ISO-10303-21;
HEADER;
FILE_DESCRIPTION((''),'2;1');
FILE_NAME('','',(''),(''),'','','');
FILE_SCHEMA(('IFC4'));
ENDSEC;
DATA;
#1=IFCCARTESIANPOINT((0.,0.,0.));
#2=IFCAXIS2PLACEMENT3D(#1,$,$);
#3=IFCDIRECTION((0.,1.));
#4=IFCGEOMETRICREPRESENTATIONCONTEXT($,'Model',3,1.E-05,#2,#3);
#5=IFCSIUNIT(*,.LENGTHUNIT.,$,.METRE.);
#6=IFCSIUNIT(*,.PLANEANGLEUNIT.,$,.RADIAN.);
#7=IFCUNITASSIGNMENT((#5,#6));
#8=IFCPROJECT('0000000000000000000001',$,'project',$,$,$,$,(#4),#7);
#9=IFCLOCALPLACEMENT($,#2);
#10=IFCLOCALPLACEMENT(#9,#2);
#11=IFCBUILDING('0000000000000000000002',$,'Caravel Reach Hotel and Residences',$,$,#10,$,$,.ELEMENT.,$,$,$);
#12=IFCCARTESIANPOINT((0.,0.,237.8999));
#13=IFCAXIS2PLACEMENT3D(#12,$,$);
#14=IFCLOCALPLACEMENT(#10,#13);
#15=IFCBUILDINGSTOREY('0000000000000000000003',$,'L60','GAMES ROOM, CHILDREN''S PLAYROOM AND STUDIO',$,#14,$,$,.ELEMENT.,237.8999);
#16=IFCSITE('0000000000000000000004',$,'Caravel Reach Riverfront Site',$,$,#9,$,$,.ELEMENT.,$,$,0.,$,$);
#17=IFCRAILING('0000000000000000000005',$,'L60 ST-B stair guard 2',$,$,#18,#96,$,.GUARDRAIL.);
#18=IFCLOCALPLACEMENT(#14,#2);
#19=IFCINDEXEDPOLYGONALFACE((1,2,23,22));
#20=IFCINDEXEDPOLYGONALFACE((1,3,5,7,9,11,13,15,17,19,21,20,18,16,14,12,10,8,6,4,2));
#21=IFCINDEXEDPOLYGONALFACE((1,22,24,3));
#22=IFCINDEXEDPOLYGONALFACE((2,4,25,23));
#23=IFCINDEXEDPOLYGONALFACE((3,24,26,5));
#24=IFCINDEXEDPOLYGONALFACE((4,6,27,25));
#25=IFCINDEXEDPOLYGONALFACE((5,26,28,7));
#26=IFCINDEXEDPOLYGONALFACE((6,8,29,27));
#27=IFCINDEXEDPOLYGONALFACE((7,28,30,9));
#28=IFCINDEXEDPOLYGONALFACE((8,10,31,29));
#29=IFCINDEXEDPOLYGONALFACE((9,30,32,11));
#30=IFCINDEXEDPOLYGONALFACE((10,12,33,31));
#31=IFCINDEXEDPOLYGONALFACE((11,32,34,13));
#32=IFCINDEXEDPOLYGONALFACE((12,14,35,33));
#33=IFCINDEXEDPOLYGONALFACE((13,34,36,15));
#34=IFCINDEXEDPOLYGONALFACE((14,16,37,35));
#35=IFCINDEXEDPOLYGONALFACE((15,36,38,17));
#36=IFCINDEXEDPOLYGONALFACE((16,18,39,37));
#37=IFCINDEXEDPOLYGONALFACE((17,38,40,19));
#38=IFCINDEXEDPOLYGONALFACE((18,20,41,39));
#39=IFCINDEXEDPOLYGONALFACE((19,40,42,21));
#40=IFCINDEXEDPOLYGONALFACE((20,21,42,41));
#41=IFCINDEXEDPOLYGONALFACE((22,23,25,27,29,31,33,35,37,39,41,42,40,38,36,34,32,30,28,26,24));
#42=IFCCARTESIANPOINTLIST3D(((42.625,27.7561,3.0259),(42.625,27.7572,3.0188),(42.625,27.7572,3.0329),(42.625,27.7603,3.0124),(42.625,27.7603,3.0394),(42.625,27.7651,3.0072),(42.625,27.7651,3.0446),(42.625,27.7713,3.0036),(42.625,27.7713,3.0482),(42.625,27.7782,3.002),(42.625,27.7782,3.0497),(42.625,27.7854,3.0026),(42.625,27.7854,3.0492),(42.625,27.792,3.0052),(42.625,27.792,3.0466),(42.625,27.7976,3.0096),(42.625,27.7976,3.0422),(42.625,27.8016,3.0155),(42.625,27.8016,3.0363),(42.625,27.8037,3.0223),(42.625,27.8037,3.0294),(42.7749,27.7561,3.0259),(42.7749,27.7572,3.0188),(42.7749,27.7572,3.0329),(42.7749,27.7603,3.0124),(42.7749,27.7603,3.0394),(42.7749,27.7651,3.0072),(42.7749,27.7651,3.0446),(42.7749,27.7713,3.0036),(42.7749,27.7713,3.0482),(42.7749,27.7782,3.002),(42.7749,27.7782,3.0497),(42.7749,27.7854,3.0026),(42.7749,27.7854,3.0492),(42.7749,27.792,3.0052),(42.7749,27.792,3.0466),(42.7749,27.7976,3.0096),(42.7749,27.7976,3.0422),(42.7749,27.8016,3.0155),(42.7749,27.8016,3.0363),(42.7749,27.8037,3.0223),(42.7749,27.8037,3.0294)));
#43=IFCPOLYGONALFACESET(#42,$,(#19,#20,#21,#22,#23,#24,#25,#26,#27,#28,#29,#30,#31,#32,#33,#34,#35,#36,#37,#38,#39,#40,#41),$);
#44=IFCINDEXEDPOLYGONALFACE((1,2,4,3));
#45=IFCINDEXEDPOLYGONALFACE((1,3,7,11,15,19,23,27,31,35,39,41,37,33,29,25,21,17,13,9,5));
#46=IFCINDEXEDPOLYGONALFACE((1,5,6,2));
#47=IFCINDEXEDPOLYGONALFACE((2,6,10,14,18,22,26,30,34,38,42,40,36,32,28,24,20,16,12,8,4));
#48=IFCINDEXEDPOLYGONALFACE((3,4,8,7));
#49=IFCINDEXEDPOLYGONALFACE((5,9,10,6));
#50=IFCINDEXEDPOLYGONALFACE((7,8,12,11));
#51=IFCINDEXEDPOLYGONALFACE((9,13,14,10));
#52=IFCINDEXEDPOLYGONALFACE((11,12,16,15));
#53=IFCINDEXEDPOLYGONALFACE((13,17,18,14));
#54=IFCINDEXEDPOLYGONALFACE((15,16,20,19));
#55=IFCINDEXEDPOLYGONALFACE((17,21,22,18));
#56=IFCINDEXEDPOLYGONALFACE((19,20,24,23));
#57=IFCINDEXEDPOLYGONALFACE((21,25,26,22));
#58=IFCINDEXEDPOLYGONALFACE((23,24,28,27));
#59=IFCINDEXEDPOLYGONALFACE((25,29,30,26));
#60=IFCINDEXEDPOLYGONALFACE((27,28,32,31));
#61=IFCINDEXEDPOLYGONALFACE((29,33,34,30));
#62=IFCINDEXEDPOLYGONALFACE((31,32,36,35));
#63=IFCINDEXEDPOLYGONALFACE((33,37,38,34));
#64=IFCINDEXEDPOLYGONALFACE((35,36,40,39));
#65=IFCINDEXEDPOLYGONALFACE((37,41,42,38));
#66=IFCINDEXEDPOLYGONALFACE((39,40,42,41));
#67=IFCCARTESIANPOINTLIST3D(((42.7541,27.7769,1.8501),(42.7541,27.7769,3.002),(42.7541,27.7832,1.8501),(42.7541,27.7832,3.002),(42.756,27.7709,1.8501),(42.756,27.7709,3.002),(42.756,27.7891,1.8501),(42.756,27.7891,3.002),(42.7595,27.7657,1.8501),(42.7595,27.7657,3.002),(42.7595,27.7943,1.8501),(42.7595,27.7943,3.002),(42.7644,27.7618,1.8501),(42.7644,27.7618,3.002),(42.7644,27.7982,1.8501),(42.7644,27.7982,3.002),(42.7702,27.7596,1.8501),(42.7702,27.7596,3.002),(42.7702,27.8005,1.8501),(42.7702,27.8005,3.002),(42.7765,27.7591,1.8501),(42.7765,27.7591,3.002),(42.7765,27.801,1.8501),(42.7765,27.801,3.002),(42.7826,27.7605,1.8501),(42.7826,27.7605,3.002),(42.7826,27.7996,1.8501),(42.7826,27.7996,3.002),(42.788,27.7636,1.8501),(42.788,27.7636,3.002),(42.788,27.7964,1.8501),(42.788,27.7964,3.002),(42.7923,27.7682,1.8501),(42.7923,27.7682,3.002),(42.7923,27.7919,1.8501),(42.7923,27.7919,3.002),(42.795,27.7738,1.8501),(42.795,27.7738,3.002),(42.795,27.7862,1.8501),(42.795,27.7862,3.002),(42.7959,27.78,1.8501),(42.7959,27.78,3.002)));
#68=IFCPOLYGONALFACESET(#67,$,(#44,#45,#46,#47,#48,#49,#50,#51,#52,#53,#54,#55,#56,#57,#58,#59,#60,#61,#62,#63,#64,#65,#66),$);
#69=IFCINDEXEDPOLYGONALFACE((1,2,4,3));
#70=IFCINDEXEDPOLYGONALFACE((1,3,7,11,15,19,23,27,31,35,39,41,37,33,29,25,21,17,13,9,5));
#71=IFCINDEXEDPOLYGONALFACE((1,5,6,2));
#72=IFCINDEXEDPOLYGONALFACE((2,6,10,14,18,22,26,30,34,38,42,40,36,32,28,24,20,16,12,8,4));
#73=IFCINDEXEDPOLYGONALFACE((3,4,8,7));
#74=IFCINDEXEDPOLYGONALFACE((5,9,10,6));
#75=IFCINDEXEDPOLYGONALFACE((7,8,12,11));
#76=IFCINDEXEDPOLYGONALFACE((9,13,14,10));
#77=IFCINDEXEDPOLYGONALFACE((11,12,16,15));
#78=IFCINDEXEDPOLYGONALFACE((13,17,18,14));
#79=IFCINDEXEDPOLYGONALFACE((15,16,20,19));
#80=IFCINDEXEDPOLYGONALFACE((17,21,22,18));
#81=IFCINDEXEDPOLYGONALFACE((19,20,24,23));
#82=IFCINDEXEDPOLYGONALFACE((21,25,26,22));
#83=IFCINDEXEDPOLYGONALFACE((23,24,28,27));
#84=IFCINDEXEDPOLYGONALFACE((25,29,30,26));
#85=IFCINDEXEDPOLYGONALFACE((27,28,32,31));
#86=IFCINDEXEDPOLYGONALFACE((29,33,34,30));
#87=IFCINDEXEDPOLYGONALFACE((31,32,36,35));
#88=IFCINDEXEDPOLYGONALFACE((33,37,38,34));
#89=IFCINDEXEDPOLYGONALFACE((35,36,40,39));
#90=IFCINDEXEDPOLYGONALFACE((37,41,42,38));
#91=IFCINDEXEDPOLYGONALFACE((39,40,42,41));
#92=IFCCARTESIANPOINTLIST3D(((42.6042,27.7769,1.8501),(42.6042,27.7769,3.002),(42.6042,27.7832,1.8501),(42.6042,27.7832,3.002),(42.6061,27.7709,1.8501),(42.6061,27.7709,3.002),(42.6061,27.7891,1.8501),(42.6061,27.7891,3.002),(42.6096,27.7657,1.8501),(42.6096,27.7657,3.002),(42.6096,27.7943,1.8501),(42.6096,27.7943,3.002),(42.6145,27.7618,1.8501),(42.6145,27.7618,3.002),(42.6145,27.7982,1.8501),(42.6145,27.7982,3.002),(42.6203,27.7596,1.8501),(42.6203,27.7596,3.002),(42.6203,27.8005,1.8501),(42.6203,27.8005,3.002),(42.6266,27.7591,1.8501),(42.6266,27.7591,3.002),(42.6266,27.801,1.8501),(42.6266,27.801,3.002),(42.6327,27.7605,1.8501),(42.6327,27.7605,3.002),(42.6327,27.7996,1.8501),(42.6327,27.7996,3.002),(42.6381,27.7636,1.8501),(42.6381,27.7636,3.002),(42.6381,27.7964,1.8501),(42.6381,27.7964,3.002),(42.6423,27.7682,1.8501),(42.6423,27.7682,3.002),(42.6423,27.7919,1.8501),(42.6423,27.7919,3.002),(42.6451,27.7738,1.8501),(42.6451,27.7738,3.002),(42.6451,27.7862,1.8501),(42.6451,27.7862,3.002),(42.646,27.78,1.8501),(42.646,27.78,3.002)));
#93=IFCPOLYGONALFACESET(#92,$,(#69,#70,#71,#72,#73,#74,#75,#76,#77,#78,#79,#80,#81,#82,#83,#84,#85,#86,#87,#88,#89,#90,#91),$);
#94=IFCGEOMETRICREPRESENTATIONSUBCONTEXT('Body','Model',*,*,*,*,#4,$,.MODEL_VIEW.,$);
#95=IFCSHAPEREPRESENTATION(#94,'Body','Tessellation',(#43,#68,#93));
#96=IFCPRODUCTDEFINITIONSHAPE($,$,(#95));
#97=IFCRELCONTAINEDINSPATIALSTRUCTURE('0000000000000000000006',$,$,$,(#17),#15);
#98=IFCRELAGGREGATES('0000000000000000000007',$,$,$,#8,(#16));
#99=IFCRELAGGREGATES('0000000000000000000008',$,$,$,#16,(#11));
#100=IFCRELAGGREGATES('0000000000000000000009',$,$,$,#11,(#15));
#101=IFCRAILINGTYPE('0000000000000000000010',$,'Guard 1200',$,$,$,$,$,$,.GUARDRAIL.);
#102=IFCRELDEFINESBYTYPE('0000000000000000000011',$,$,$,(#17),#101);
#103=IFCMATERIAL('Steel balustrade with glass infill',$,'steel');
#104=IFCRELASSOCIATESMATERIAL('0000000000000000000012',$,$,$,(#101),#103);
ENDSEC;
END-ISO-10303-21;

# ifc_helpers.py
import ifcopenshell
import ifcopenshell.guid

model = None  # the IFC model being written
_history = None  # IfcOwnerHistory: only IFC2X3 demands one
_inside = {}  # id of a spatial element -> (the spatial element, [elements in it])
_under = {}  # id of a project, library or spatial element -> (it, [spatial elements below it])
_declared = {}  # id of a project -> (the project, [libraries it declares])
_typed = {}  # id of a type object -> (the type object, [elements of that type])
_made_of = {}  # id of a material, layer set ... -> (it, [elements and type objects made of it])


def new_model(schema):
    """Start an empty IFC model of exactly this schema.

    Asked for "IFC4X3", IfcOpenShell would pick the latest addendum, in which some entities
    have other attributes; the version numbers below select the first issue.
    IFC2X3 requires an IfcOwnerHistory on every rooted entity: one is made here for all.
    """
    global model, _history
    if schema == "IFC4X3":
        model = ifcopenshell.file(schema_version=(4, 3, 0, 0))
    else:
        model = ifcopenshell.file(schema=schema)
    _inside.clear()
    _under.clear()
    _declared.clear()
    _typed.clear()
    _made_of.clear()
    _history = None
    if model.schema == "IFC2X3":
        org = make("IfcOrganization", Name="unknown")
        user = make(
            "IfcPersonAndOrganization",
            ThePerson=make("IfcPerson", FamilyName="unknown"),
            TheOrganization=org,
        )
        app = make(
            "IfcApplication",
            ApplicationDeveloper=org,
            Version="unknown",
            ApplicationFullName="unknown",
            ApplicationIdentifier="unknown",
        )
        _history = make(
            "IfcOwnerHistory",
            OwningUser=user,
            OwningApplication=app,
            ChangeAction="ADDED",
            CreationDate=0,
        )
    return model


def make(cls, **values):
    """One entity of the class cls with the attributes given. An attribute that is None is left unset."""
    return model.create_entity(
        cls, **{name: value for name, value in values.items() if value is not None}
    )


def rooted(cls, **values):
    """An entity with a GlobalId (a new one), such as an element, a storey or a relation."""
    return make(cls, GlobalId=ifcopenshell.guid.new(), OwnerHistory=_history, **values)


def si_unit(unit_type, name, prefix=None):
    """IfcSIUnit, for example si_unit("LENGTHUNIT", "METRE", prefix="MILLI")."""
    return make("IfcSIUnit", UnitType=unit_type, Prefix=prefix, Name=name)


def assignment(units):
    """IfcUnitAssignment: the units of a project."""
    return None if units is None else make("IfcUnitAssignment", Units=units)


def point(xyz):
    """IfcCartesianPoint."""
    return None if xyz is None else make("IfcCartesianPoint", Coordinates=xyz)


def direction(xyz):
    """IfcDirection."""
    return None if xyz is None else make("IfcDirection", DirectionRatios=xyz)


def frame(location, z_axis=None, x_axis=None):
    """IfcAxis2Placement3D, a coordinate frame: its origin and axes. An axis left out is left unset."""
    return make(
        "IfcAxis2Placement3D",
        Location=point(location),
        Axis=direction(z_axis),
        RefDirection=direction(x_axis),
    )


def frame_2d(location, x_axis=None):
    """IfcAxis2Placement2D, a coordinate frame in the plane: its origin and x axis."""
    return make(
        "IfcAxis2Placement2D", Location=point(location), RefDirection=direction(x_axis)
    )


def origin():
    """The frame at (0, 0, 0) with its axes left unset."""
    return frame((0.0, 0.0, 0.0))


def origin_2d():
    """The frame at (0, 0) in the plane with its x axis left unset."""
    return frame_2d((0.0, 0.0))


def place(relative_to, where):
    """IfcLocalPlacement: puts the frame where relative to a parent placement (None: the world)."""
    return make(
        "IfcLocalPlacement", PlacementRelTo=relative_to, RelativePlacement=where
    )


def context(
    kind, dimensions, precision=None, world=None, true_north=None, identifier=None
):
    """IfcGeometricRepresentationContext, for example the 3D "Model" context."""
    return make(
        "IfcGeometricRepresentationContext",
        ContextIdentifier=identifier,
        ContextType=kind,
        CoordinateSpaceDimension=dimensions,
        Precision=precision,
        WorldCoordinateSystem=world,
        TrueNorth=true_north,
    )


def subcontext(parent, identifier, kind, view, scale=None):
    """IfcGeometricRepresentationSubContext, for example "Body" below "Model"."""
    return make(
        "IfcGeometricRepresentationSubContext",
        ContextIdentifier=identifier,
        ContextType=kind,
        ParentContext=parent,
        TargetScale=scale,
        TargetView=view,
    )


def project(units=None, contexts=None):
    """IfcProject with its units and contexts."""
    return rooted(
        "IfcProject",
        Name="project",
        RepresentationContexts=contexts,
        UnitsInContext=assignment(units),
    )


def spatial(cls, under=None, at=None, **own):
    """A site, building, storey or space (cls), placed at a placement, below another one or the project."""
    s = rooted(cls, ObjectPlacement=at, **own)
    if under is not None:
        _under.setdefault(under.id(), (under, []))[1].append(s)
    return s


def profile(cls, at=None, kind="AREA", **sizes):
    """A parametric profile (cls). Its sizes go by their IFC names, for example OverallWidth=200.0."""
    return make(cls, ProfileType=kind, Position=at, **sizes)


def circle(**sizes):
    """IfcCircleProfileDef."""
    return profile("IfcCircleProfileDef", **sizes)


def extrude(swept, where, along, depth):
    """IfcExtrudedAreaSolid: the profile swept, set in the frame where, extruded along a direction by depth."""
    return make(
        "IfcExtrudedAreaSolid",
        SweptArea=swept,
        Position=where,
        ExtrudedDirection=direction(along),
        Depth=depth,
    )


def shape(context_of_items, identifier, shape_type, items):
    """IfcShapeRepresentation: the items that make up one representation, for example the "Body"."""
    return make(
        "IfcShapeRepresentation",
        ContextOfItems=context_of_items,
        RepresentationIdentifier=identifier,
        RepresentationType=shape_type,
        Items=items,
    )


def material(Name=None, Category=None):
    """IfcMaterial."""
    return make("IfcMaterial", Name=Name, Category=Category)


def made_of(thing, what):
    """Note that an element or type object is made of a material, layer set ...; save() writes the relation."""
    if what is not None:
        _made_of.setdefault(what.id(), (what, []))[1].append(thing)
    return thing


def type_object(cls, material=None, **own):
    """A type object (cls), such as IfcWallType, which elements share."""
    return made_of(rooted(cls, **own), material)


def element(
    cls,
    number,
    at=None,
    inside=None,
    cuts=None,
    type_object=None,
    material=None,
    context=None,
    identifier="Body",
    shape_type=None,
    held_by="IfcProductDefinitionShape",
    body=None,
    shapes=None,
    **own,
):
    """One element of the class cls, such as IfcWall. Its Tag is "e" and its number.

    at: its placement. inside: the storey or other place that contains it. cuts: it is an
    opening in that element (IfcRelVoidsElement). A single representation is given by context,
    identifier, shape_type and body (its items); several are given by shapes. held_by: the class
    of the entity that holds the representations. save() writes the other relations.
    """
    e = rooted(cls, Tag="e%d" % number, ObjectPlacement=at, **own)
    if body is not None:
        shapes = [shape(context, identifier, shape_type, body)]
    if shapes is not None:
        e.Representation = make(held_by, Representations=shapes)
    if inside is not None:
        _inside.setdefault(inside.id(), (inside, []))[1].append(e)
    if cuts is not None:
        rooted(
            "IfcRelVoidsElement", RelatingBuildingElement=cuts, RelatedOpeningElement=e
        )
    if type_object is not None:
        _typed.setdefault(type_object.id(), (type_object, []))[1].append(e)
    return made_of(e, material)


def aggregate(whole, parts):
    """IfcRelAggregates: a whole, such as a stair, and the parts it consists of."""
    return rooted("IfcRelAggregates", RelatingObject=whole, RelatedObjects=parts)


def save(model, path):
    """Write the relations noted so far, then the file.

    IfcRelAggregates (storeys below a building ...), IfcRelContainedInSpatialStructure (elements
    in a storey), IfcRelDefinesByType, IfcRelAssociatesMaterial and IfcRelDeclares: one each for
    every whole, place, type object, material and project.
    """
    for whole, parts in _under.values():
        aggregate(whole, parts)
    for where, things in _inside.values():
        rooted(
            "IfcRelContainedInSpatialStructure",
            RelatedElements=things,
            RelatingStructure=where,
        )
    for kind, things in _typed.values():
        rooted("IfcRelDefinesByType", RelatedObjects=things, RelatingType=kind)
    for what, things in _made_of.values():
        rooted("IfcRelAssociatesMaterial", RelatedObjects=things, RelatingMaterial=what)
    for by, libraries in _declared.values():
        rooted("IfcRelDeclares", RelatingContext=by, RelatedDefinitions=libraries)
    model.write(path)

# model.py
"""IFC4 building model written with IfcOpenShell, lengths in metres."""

from ifc_helpers import new_model, si_unit, direction, frame, origin, origin_2d, place, context, subcontext, project, spatial, circle, extrude, material, type_object, element, save


model = new_model("IFC4")

# Units and contexts
model_context = context("Model", 3, precision=1e-05, world=origin(), true_north=direction((0.0, 1.0)))
body_context = subcontext(model_context, "Body", "Model", "MODEL_VIEW")
ifc_project = project(units=[si_unit("LENGTHUNIT", "METRE"), si_unit("PLANEANGLEUNIT", "RADIAN")], contexts=[model_context])

# Site, building, storey
site_placement = place(None, origin())
site = spatial("IfcSite", under=ifc_project, at=site_placement, Name="Caravel Reach Riverfront Site", CompositionType="ELEMENT", RefElevation=0.0)
building_placement = place(site_placement, origin())
building = spatial("IfcBuilding", under=site, at=building_placement, Name="Caravel Reach Hotel and Residences", CompositionType="ELEMENT")
storey_placement = place(building_placement, frame((0.0, 0.0, 237.8999)))
storey = spatial("IfcBuildingStorey", under=building, at=storey_placement, Name="L60", Description="GAMES ROOM, CHILDREN'S PLAYROOM AND STUDIO", CompositionType="ELEMENT", Elevation=237.8999)

# Railing
ifc_material_1 = material(Name="Steel balustrade with glass infill", Category="steel")
railing_type_1 = type_object("IfcRailingType", Name="Guard 1200", PredefinedType="GUARDRAIL", material=ifc_material_1)
railing_1_placement = place(storey_placement, frame((42.7749, 27.78, 1.8501)))
element("IfcRailing", 1, at=railing_1_placement, inside=storey, type_object=railing_type_1, Name="L60 ST-B stair guard 2", PredefinedType="GUARDRAIL", context=body_context, shape_type="SweptSolid", body=[
    extrude(circle(Radius=0.0239, at=origin_2d()), frame((0.0, 0.0, 1.1758), z_axis=(-1.0, 0.0, 0.0), x_axis=(0.0, -1.0, 0.0)), (0.0, 0.0, 1.0), 0.1499),
    extrude(circle(Radius=0.021, at=origin_2d()), origin(), (0.0, 0.0, 1.0), 1.1519),
    extrude(circle(Radius=0.021, at=origin_2d()), frame((-0.1499, 0.0, 0.0)), (0.0, 0.0, 1.0), 1.1519),
])

save(model, "model.ifc")
